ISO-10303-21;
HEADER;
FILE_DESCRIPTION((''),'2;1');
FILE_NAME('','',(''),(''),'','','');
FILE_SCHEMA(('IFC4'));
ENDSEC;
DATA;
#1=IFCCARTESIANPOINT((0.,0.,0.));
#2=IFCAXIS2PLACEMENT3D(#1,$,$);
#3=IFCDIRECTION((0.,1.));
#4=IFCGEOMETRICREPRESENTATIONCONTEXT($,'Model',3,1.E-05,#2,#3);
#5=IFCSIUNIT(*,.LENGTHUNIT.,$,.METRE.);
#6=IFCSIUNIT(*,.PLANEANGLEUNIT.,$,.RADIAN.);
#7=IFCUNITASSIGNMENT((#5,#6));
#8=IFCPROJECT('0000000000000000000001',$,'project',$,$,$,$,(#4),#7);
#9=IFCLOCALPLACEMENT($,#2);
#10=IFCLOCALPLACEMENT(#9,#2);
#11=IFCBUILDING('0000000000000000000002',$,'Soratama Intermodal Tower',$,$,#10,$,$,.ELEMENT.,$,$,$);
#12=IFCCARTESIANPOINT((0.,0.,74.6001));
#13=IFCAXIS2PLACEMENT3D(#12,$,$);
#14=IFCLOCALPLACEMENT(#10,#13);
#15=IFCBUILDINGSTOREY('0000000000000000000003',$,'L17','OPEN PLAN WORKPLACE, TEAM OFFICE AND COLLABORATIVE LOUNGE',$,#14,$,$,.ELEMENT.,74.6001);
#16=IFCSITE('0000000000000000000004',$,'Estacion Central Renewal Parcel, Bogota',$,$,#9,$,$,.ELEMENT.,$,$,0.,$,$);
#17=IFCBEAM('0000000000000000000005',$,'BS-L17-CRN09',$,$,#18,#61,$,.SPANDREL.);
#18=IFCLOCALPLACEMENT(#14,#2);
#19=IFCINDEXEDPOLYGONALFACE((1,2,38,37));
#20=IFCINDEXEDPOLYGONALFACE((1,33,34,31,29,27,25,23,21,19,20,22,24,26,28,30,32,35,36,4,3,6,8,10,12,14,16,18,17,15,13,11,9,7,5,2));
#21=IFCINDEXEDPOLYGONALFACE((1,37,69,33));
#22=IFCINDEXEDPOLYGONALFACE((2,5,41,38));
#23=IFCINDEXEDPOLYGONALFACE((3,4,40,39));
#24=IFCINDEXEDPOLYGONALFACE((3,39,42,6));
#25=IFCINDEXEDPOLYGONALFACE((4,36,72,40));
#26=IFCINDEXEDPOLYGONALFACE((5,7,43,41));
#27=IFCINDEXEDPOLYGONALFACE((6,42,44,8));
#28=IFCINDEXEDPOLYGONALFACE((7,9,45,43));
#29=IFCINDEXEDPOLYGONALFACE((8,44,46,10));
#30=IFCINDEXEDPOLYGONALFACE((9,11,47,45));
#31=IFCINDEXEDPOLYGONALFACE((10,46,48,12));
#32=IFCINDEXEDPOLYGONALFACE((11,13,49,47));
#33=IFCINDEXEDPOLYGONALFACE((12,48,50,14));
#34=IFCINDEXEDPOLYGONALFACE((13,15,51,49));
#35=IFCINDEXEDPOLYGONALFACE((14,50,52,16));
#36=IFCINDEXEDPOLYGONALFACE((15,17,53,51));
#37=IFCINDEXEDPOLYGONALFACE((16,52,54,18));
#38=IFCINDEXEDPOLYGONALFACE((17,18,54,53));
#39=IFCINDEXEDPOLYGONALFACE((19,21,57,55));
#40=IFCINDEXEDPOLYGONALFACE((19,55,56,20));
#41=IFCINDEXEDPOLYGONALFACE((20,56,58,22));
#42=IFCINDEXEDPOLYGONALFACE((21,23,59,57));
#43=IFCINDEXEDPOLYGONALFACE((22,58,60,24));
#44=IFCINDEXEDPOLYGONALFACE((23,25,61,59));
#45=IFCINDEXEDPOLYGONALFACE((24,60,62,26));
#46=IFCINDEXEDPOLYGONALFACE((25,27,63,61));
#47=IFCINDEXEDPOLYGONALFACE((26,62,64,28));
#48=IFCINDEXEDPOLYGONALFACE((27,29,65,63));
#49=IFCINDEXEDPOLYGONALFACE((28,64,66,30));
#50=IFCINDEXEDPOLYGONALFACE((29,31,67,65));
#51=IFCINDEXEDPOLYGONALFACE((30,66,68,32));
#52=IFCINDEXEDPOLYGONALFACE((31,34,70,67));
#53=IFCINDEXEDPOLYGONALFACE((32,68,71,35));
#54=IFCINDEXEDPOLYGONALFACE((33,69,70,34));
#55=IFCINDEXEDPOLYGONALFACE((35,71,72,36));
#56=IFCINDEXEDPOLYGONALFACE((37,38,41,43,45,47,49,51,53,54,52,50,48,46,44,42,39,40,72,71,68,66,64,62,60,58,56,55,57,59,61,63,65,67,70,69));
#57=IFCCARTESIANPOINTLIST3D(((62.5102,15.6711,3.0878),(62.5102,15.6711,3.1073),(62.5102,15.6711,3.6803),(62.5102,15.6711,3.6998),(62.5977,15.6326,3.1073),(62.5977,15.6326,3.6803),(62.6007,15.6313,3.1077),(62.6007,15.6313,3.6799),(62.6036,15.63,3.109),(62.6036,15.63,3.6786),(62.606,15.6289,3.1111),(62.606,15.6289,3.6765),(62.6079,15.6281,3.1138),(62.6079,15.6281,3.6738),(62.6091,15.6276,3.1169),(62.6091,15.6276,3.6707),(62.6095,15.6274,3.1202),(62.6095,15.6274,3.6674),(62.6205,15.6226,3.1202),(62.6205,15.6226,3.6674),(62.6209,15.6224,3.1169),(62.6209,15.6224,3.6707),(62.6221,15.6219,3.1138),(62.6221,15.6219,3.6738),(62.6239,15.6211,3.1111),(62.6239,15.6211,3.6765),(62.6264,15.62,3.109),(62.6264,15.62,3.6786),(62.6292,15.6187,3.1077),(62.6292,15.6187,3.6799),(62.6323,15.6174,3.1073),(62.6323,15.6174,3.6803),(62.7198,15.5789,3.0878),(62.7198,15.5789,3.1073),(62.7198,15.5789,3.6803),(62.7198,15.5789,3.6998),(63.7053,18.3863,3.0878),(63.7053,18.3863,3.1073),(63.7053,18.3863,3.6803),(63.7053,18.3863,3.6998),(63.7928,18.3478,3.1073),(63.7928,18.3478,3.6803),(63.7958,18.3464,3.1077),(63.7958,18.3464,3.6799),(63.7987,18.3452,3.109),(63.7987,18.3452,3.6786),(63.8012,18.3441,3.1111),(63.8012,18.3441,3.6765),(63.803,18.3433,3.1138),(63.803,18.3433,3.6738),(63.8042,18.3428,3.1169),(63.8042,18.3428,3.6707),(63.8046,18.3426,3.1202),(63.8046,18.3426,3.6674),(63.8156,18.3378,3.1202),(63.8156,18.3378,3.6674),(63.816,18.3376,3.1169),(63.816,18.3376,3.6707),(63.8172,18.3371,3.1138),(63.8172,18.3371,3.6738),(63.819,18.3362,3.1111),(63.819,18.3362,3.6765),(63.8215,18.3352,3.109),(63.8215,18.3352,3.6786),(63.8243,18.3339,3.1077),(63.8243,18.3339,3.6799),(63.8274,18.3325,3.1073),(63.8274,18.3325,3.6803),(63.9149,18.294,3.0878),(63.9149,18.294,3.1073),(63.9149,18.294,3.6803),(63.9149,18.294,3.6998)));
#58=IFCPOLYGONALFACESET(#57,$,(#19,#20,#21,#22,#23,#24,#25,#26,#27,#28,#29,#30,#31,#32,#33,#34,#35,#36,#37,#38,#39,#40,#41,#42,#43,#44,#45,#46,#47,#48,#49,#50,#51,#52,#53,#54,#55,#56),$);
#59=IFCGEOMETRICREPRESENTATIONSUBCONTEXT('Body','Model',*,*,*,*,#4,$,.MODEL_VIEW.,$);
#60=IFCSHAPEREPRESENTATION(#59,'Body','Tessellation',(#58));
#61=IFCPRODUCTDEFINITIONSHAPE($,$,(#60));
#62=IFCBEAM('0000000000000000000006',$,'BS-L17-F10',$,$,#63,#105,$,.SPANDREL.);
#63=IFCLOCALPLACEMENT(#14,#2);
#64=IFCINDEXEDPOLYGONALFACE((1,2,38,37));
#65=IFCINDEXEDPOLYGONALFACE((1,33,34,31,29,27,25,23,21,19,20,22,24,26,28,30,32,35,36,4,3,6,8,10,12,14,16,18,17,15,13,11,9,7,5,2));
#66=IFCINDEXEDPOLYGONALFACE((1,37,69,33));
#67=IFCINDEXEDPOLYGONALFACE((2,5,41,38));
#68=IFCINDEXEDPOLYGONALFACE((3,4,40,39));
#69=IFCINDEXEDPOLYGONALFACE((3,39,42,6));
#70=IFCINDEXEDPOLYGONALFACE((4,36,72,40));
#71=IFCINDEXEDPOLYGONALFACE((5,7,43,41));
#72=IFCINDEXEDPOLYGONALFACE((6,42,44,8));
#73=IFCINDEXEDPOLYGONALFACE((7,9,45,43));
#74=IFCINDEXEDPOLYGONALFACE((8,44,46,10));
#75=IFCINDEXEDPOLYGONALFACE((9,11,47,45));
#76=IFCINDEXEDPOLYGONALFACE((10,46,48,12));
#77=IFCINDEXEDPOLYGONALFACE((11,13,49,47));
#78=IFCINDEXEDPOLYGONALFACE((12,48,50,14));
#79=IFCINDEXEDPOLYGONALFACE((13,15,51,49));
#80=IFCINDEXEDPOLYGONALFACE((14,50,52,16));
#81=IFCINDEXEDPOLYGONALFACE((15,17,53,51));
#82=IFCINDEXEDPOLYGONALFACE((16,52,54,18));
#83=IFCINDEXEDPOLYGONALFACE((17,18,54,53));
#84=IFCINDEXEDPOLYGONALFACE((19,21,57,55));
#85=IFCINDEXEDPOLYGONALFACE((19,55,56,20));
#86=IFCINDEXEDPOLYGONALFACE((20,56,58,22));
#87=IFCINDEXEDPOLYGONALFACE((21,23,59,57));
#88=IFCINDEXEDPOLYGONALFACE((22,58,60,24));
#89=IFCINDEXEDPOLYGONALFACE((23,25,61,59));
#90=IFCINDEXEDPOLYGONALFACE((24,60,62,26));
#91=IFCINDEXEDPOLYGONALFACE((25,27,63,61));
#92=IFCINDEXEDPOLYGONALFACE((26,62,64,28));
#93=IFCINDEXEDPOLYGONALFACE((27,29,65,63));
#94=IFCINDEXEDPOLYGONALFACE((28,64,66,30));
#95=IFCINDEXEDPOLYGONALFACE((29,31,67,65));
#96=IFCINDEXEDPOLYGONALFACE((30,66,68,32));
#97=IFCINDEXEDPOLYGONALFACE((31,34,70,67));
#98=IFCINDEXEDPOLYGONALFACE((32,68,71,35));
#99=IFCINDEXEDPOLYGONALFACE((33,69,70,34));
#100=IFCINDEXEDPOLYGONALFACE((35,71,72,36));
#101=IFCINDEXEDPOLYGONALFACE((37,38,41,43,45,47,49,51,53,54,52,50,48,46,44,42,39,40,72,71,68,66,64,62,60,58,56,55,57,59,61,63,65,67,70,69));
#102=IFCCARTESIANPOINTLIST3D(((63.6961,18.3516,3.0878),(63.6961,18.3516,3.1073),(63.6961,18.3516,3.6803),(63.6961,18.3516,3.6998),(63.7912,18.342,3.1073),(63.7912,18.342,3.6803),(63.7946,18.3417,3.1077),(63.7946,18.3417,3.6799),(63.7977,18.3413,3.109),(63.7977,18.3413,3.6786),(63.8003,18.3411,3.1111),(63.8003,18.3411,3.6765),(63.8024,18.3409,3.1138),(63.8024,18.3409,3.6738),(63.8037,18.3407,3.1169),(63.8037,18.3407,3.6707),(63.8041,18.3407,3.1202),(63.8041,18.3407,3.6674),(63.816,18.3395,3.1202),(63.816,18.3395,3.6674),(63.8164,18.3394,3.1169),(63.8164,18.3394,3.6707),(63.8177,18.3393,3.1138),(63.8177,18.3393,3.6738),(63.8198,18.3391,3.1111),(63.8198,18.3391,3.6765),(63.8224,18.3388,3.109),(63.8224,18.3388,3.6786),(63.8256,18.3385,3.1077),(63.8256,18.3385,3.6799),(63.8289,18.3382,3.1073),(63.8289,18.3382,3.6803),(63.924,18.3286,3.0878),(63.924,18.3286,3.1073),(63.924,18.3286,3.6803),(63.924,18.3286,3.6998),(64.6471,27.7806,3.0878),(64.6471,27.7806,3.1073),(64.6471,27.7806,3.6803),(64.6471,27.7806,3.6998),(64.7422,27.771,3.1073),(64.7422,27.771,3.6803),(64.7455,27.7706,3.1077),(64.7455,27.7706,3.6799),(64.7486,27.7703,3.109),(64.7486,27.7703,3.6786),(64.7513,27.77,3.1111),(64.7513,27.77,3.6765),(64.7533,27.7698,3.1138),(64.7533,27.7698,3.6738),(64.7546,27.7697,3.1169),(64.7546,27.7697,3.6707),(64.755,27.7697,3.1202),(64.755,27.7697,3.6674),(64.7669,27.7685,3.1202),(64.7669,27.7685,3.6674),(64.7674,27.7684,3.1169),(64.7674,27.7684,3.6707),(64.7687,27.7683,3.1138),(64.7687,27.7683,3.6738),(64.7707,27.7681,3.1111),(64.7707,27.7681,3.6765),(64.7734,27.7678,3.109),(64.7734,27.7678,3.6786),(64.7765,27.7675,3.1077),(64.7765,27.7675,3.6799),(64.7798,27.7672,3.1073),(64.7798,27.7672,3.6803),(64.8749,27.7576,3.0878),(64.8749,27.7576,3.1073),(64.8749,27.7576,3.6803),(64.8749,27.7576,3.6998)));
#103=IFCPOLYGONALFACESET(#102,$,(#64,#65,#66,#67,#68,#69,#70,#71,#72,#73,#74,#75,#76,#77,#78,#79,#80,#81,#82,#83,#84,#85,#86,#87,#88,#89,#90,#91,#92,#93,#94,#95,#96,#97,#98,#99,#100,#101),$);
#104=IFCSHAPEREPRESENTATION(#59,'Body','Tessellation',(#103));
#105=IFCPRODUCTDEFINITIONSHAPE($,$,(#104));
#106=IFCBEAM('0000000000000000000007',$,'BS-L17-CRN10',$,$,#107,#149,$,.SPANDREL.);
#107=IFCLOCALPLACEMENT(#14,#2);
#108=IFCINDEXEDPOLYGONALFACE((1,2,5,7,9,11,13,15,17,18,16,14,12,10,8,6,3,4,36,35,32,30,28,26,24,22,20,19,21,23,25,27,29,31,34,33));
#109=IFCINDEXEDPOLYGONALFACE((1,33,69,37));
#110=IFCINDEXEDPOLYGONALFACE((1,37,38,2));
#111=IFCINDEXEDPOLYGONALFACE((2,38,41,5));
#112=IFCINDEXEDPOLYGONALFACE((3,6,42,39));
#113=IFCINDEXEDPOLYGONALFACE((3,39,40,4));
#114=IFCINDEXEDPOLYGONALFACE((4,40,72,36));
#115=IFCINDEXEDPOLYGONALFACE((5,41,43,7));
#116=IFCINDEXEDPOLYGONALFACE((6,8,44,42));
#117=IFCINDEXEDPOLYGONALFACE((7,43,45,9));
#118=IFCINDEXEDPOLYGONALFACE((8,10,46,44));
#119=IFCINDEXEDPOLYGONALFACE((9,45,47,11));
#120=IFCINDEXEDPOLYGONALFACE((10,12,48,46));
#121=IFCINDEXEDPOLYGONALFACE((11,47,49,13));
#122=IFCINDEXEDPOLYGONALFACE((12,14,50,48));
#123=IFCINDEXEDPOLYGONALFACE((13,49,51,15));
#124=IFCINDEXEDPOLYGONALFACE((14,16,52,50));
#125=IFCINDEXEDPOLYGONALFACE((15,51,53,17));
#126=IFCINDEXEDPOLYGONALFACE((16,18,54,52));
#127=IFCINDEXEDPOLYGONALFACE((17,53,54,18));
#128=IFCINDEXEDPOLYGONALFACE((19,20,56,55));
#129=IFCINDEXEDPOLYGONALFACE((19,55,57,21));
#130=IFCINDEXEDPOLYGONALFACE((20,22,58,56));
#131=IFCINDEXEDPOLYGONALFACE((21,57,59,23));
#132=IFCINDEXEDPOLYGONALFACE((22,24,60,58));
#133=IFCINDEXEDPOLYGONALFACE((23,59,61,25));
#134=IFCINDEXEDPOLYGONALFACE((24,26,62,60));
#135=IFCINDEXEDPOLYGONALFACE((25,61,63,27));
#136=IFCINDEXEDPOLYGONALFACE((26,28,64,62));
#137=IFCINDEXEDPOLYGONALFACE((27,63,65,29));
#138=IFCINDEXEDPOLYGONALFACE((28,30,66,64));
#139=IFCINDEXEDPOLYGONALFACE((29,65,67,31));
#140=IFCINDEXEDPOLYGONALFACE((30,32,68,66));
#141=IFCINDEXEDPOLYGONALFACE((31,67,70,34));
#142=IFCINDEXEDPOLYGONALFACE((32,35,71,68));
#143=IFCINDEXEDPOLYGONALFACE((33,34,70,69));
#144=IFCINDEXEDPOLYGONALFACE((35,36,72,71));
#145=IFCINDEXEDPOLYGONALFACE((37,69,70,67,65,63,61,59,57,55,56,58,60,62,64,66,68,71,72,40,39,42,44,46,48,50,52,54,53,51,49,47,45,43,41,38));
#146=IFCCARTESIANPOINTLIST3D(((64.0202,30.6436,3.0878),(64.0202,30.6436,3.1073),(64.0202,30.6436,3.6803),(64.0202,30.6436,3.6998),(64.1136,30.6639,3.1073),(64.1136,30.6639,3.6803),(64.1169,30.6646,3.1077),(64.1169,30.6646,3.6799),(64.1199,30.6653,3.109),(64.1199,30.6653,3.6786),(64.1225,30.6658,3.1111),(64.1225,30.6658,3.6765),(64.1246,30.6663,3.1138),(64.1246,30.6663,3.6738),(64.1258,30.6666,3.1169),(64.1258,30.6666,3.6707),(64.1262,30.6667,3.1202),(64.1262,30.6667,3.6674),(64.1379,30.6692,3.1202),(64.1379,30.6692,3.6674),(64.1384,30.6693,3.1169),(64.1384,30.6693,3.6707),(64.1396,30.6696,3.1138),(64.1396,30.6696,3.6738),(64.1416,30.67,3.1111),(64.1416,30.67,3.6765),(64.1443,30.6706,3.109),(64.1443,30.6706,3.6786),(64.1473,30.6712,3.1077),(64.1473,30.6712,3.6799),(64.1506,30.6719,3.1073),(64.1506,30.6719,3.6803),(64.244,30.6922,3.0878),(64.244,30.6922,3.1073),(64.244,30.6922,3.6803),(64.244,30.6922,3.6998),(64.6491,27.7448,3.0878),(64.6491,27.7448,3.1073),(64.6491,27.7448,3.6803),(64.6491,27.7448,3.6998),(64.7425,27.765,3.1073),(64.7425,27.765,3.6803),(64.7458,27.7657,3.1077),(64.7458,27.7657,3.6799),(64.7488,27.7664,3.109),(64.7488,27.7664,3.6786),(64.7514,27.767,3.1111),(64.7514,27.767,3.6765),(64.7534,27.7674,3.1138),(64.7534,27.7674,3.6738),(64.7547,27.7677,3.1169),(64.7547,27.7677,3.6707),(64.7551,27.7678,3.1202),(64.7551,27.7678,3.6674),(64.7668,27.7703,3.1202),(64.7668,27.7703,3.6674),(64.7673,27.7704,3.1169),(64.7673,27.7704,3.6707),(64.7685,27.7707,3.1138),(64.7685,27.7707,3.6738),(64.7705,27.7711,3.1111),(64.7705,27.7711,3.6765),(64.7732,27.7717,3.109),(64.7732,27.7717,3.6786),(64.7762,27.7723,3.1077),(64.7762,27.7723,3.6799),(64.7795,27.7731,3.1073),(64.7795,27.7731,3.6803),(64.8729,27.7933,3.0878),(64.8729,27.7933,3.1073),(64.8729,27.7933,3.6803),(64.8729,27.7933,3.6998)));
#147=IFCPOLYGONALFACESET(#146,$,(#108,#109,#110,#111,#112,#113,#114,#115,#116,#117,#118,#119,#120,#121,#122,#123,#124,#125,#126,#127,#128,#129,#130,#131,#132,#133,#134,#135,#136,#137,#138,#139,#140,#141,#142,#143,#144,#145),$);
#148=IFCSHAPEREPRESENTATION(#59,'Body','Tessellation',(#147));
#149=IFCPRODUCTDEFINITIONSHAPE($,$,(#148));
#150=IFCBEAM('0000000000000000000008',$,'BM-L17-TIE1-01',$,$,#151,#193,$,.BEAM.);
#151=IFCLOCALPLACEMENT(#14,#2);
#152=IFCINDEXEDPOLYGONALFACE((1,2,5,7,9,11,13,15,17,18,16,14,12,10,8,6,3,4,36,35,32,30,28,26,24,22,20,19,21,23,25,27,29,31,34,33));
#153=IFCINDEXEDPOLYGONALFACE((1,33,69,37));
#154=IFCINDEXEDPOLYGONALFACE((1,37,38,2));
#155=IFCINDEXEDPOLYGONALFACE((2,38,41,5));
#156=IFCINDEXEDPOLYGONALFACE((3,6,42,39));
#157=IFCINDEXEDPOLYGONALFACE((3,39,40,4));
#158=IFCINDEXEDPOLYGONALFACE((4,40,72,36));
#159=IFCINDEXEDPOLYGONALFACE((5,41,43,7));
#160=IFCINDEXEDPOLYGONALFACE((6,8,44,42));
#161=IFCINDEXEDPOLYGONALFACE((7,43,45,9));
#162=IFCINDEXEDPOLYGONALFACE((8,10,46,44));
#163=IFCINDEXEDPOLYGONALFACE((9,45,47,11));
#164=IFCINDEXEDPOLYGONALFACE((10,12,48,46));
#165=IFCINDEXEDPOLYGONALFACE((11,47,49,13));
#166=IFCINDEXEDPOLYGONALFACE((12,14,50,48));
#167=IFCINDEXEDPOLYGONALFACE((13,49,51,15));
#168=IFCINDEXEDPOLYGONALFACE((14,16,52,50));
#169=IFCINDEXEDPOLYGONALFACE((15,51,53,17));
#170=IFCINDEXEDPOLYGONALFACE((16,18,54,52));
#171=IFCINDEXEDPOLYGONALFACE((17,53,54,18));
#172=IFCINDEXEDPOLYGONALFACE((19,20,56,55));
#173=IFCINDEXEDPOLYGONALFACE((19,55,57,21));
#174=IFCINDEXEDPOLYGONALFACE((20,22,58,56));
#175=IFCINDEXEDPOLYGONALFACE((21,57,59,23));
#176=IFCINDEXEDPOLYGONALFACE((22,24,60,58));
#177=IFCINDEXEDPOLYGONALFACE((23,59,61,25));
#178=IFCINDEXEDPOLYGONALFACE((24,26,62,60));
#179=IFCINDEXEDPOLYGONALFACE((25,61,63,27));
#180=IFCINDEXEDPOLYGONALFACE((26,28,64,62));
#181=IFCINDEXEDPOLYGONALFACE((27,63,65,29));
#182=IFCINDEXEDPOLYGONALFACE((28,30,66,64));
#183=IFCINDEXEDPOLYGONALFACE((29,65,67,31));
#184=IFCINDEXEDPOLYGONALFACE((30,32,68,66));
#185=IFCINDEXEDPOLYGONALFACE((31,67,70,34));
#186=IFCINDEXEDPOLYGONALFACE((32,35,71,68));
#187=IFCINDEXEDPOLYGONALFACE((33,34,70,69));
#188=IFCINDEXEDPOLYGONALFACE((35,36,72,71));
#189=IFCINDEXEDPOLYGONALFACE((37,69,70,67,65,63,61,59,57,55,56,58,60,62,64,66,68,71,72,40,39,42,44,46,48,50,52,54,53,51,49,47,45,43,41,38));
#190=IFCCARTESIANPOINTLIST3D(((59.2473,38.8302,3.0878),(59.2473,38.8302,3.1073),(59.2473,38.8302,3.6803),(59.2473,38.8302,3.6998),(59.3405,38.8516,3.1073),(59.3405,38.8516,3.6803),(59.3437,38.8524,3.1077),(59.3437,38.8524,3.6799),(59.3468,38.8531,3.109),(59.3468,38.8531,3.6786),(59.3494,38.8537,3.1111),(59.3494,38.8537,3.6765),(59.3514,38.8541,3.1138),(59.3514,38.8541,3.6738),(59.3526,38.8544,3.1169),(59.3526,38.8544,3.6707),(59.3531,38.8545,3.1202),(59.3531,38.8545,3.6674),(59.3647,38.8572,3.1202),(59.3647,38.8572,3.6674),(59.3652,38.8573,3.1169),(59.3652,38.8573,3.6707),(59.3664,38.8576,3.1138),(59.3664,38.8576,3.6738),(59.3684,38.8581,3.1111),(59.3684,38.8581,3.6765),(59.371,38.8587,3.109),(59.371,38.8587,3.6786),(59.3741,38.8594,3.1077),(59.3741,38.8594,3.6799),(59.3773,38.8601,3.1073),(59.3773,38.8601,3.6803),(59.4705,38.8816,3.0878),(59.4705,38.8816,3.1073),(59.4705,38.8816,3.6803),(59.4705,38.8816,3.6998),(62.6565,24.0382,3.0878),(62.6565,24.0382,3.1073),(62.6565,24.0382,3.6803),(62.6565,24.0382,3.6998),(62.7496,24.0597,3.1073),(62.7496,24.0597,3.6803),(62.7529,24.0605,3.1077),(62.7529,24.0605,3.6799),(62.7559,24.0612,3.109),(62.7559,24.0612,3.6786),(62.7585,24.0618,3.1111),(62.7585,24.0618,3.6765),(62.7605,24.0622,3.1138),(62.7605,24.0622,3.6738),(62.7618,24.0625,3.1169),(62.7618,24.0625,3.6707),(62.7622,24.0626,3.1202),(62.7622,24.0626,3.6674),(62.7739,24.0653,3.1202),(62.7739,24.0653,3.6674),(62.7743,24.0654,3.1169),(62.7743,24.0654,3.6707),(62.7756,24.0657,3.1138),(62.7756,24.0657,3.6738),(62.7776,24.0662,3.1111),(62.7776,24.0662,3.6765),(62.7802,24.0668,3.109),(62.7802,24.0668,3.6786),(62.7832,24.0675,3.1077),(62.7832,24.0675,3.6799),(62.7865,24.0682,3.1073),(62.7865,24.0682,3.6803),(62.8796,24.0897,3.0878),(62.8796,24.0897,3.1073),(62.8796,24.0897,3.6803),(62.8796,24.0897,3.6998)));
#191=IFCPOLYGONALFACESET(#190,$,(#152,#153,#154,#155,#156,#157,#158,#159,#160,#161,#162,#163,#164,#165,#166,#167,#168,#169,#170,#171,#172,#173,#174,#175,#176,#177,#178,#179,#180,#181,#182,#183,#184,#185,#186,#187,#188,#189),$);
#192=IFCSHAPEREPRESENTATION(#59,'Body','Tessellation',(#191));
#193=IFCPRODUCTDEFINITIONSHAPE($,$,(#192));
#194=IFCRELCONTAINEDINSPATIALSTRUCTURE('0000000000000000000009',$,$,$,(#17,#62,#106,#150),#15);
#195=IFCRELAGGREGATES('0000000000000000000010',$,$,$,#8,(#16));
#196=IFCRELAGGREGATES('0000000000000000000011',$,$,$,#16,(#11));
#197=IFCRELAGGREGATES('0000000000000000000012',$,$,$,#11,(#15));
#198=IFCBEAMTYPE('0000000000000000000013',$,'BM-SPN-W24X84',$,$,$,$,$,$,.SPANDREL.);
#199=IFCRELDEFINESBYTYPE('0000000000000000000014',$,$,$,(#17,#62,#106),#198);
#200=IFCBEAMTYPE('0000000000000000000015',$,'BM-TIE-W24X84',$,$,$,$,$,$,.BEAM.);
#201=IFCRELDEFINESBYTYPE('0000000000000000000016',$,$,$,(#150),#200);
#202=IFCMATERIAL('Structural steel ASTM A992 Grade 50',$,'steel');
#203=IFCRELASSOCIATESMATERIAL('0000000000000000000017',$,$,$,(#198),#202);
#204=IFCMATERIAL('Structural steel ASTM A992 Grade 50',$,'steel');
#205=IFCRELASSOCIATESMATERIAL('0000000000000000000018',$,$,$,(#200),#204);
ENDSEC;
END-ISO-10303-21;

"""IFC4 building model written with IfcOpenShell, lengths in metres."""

from ifc_helpers import new_model, si_unit, direction, frame, origin, origin_2d, place, context, subcontext, project, spatial, i_section, extrude, material, material_profile, profile_set, type_object, element, save


model = new_model("IFC4")

# Units and contexts
model_context = context("Model", 3, precision=1e-05, world=origin(), true_north=direction((0.0, 1.0)))
body_context = subcontext(model_context, "Body", "Model", "MODEL_VIEW")
ifc_project = project(units=[si_unit("LENGTHUNIT", "METRE"), si_unit("PLANEANGLEUNIT", "RADIAN")], contexts=[model_context])

# Site, building, storey
site_placement = place(None, origin())
site = spatial("IfcSite", under=ifc_project, at=site_placement, Name="Estacion Central Renewal Parcel, Bogota", CompositionType="ELEMENT", RefElevation=0.0)
building_placement = place(site_placement, origin())
building = spatial("IfcBuilding", under=site, at=building_placement, Name="Soratama Intermodal Tower", CompositionType="ELEMENT")
storey_placement = place(building_placement, frame((0.0, 0.0, 74.6001)))
storey = spatial("IfcBuildingStorey", under=building, at=storey_placement, Name="L17", Description="OPEN PLAN WORKPLACE, TEAM OFFICE AND COLLABORATIVE LOUNGE", CompositionType="ELEMENT", Elevation=74.6001)

# Beams
ifc_material_1 = material(Name="Structural steel ASTM A992 Grade 50", Category="steel")
ifc_material_profile_1 = material_profile(ifc_material_1, i_section(OverallWidth=0.229, OverallDepth=0.6121, WebThickness=0.012, FlangeThickness=0.0195, FilletRadius=0.0129, at=origin_2d()), Name="W24X84")
ifc_profile_set_1 = profile_set([ifc_material_profile_1], Name="Structural steel ASTM A992 Grade 50")
beam_type_1 = type_object("IfcBeamType", Name="BM-SPN-W24X84", PredefinedType="SPANDREL", material=ifc_profile_set_1)
beam_1_placement = place(storey_placement, frame((62.615, 15.625, 3.3938), z_axis=(0.40286, 0.915262, 0.0), x_axis=(-0.915262, 0.40286, 0.0)))
element("IfcBeam", 1, at=beam_1_placement, inside=storey, type_object=beam_type_1, Name="BS-L17-CRN09", PredefinedType="SPANDREL", context=body_context, shape_type="SweptSolid", body=[
    extrude(i_section(OverallWidth=0.229, OverallDepth=0.6121, WebThickness=0.012, FlangeThickness=0.0195, FilletRadius=0.0129, at=origin_2d()), origin(), (0.0, 0.0, 1.0), 2.9666),
])
beam_2_placement = place(storey_placement, frame((63.8101, 18.3401, 3.3938), z_axis=(0.100343, 0.994953, 0.0), x_axis=(-0.994953, 0.100343, 0.0)))
element("IfcBeam", 2, at=beam_2_placement, inside=storey, type_object=beam_type_1, Name="BS-L17-F10", PredefinedType="SPANDREL", context=body_context, shape_type="SweptSolid", body=[
    extrude(i_section(OverallWidth=0.229, OverallDepth=0.6121, WebThickness=0.012, FlangeThickness=0.0195, FilletRadius=0.0129, at=origin_2d()), origin(), (0.0, 0.0, 1.0), 9.4768),
])
beam_3_placement = place(storey_placement, frame((64.761, 27.769, 3.3938), z_axis=(-0.212013, 0.977267, 0.0), x_axis=(-0.977267, -0.212013, 0.0)))
element("IfcBeam", 3, at=beam_3_placement, inside=storey, type_object=beam_type_1, Name="BS-L17-CRN10", PredefinedType="SPANDREL", context=body_context, shape_type="SweptSolid", body=[
    extrude(i_section(OverallWidth=0.229, OverallDepth=0.6121, WebThickness=0.012, FlangeThickness=0.0195, FilletRadius=0.0129, at=origin_2d()), origin(), (0.0, 0.0, 1.0), 2.9663),
])
ifc_material_2 = material(Name="Structural steel ASTM A992 Grade 50", Category="steel")
ifc_material_profile_2 = material_profile(ifc_material_2, i_section(OverallWidth=0.229, OverallDepth=0.6121, WebThickness=0.012, FlangeThickness=0.0195, FilletRadius=0.0129, at=origin_2d()), Name="W24X84")
ifc_profile_set_2 = profile_set([ifc_material_profile_2], Name="Structural steel ASTM A992 Grade 50")
beam_type_2 = type_object("IfcBeamType", Name="BM-TIE-W24X84", PredefinedType="BEAM", material=ifc_profile_set_2)
beam_4_placement = place(storey_placement, frame((62.7681, 24.064, 3.3938), z_axis=(-0.224587, 0.974454, 0.0), x_axis=(-0.974454, -0.224587, 0.0)))
element("IfcBeam", 4, at=beam_4_placement, inside=storey, type_object=beam_type_2, Name="BM-L17-TIE1-01", PredefinedType="BEAM", context=body_context, shape_type="SweptSolid", body=[
    extrude(i_section(OverallWidth=0.229, OverallDepth=0.6121, WebThickness=0.012, FlangeThickness=0.0195, FilletRadius=0.0129, at=origin_2d()), origin(), (0.0, 0.0, 1.0), 15.1797),
])

save(model, "model.ifc")
